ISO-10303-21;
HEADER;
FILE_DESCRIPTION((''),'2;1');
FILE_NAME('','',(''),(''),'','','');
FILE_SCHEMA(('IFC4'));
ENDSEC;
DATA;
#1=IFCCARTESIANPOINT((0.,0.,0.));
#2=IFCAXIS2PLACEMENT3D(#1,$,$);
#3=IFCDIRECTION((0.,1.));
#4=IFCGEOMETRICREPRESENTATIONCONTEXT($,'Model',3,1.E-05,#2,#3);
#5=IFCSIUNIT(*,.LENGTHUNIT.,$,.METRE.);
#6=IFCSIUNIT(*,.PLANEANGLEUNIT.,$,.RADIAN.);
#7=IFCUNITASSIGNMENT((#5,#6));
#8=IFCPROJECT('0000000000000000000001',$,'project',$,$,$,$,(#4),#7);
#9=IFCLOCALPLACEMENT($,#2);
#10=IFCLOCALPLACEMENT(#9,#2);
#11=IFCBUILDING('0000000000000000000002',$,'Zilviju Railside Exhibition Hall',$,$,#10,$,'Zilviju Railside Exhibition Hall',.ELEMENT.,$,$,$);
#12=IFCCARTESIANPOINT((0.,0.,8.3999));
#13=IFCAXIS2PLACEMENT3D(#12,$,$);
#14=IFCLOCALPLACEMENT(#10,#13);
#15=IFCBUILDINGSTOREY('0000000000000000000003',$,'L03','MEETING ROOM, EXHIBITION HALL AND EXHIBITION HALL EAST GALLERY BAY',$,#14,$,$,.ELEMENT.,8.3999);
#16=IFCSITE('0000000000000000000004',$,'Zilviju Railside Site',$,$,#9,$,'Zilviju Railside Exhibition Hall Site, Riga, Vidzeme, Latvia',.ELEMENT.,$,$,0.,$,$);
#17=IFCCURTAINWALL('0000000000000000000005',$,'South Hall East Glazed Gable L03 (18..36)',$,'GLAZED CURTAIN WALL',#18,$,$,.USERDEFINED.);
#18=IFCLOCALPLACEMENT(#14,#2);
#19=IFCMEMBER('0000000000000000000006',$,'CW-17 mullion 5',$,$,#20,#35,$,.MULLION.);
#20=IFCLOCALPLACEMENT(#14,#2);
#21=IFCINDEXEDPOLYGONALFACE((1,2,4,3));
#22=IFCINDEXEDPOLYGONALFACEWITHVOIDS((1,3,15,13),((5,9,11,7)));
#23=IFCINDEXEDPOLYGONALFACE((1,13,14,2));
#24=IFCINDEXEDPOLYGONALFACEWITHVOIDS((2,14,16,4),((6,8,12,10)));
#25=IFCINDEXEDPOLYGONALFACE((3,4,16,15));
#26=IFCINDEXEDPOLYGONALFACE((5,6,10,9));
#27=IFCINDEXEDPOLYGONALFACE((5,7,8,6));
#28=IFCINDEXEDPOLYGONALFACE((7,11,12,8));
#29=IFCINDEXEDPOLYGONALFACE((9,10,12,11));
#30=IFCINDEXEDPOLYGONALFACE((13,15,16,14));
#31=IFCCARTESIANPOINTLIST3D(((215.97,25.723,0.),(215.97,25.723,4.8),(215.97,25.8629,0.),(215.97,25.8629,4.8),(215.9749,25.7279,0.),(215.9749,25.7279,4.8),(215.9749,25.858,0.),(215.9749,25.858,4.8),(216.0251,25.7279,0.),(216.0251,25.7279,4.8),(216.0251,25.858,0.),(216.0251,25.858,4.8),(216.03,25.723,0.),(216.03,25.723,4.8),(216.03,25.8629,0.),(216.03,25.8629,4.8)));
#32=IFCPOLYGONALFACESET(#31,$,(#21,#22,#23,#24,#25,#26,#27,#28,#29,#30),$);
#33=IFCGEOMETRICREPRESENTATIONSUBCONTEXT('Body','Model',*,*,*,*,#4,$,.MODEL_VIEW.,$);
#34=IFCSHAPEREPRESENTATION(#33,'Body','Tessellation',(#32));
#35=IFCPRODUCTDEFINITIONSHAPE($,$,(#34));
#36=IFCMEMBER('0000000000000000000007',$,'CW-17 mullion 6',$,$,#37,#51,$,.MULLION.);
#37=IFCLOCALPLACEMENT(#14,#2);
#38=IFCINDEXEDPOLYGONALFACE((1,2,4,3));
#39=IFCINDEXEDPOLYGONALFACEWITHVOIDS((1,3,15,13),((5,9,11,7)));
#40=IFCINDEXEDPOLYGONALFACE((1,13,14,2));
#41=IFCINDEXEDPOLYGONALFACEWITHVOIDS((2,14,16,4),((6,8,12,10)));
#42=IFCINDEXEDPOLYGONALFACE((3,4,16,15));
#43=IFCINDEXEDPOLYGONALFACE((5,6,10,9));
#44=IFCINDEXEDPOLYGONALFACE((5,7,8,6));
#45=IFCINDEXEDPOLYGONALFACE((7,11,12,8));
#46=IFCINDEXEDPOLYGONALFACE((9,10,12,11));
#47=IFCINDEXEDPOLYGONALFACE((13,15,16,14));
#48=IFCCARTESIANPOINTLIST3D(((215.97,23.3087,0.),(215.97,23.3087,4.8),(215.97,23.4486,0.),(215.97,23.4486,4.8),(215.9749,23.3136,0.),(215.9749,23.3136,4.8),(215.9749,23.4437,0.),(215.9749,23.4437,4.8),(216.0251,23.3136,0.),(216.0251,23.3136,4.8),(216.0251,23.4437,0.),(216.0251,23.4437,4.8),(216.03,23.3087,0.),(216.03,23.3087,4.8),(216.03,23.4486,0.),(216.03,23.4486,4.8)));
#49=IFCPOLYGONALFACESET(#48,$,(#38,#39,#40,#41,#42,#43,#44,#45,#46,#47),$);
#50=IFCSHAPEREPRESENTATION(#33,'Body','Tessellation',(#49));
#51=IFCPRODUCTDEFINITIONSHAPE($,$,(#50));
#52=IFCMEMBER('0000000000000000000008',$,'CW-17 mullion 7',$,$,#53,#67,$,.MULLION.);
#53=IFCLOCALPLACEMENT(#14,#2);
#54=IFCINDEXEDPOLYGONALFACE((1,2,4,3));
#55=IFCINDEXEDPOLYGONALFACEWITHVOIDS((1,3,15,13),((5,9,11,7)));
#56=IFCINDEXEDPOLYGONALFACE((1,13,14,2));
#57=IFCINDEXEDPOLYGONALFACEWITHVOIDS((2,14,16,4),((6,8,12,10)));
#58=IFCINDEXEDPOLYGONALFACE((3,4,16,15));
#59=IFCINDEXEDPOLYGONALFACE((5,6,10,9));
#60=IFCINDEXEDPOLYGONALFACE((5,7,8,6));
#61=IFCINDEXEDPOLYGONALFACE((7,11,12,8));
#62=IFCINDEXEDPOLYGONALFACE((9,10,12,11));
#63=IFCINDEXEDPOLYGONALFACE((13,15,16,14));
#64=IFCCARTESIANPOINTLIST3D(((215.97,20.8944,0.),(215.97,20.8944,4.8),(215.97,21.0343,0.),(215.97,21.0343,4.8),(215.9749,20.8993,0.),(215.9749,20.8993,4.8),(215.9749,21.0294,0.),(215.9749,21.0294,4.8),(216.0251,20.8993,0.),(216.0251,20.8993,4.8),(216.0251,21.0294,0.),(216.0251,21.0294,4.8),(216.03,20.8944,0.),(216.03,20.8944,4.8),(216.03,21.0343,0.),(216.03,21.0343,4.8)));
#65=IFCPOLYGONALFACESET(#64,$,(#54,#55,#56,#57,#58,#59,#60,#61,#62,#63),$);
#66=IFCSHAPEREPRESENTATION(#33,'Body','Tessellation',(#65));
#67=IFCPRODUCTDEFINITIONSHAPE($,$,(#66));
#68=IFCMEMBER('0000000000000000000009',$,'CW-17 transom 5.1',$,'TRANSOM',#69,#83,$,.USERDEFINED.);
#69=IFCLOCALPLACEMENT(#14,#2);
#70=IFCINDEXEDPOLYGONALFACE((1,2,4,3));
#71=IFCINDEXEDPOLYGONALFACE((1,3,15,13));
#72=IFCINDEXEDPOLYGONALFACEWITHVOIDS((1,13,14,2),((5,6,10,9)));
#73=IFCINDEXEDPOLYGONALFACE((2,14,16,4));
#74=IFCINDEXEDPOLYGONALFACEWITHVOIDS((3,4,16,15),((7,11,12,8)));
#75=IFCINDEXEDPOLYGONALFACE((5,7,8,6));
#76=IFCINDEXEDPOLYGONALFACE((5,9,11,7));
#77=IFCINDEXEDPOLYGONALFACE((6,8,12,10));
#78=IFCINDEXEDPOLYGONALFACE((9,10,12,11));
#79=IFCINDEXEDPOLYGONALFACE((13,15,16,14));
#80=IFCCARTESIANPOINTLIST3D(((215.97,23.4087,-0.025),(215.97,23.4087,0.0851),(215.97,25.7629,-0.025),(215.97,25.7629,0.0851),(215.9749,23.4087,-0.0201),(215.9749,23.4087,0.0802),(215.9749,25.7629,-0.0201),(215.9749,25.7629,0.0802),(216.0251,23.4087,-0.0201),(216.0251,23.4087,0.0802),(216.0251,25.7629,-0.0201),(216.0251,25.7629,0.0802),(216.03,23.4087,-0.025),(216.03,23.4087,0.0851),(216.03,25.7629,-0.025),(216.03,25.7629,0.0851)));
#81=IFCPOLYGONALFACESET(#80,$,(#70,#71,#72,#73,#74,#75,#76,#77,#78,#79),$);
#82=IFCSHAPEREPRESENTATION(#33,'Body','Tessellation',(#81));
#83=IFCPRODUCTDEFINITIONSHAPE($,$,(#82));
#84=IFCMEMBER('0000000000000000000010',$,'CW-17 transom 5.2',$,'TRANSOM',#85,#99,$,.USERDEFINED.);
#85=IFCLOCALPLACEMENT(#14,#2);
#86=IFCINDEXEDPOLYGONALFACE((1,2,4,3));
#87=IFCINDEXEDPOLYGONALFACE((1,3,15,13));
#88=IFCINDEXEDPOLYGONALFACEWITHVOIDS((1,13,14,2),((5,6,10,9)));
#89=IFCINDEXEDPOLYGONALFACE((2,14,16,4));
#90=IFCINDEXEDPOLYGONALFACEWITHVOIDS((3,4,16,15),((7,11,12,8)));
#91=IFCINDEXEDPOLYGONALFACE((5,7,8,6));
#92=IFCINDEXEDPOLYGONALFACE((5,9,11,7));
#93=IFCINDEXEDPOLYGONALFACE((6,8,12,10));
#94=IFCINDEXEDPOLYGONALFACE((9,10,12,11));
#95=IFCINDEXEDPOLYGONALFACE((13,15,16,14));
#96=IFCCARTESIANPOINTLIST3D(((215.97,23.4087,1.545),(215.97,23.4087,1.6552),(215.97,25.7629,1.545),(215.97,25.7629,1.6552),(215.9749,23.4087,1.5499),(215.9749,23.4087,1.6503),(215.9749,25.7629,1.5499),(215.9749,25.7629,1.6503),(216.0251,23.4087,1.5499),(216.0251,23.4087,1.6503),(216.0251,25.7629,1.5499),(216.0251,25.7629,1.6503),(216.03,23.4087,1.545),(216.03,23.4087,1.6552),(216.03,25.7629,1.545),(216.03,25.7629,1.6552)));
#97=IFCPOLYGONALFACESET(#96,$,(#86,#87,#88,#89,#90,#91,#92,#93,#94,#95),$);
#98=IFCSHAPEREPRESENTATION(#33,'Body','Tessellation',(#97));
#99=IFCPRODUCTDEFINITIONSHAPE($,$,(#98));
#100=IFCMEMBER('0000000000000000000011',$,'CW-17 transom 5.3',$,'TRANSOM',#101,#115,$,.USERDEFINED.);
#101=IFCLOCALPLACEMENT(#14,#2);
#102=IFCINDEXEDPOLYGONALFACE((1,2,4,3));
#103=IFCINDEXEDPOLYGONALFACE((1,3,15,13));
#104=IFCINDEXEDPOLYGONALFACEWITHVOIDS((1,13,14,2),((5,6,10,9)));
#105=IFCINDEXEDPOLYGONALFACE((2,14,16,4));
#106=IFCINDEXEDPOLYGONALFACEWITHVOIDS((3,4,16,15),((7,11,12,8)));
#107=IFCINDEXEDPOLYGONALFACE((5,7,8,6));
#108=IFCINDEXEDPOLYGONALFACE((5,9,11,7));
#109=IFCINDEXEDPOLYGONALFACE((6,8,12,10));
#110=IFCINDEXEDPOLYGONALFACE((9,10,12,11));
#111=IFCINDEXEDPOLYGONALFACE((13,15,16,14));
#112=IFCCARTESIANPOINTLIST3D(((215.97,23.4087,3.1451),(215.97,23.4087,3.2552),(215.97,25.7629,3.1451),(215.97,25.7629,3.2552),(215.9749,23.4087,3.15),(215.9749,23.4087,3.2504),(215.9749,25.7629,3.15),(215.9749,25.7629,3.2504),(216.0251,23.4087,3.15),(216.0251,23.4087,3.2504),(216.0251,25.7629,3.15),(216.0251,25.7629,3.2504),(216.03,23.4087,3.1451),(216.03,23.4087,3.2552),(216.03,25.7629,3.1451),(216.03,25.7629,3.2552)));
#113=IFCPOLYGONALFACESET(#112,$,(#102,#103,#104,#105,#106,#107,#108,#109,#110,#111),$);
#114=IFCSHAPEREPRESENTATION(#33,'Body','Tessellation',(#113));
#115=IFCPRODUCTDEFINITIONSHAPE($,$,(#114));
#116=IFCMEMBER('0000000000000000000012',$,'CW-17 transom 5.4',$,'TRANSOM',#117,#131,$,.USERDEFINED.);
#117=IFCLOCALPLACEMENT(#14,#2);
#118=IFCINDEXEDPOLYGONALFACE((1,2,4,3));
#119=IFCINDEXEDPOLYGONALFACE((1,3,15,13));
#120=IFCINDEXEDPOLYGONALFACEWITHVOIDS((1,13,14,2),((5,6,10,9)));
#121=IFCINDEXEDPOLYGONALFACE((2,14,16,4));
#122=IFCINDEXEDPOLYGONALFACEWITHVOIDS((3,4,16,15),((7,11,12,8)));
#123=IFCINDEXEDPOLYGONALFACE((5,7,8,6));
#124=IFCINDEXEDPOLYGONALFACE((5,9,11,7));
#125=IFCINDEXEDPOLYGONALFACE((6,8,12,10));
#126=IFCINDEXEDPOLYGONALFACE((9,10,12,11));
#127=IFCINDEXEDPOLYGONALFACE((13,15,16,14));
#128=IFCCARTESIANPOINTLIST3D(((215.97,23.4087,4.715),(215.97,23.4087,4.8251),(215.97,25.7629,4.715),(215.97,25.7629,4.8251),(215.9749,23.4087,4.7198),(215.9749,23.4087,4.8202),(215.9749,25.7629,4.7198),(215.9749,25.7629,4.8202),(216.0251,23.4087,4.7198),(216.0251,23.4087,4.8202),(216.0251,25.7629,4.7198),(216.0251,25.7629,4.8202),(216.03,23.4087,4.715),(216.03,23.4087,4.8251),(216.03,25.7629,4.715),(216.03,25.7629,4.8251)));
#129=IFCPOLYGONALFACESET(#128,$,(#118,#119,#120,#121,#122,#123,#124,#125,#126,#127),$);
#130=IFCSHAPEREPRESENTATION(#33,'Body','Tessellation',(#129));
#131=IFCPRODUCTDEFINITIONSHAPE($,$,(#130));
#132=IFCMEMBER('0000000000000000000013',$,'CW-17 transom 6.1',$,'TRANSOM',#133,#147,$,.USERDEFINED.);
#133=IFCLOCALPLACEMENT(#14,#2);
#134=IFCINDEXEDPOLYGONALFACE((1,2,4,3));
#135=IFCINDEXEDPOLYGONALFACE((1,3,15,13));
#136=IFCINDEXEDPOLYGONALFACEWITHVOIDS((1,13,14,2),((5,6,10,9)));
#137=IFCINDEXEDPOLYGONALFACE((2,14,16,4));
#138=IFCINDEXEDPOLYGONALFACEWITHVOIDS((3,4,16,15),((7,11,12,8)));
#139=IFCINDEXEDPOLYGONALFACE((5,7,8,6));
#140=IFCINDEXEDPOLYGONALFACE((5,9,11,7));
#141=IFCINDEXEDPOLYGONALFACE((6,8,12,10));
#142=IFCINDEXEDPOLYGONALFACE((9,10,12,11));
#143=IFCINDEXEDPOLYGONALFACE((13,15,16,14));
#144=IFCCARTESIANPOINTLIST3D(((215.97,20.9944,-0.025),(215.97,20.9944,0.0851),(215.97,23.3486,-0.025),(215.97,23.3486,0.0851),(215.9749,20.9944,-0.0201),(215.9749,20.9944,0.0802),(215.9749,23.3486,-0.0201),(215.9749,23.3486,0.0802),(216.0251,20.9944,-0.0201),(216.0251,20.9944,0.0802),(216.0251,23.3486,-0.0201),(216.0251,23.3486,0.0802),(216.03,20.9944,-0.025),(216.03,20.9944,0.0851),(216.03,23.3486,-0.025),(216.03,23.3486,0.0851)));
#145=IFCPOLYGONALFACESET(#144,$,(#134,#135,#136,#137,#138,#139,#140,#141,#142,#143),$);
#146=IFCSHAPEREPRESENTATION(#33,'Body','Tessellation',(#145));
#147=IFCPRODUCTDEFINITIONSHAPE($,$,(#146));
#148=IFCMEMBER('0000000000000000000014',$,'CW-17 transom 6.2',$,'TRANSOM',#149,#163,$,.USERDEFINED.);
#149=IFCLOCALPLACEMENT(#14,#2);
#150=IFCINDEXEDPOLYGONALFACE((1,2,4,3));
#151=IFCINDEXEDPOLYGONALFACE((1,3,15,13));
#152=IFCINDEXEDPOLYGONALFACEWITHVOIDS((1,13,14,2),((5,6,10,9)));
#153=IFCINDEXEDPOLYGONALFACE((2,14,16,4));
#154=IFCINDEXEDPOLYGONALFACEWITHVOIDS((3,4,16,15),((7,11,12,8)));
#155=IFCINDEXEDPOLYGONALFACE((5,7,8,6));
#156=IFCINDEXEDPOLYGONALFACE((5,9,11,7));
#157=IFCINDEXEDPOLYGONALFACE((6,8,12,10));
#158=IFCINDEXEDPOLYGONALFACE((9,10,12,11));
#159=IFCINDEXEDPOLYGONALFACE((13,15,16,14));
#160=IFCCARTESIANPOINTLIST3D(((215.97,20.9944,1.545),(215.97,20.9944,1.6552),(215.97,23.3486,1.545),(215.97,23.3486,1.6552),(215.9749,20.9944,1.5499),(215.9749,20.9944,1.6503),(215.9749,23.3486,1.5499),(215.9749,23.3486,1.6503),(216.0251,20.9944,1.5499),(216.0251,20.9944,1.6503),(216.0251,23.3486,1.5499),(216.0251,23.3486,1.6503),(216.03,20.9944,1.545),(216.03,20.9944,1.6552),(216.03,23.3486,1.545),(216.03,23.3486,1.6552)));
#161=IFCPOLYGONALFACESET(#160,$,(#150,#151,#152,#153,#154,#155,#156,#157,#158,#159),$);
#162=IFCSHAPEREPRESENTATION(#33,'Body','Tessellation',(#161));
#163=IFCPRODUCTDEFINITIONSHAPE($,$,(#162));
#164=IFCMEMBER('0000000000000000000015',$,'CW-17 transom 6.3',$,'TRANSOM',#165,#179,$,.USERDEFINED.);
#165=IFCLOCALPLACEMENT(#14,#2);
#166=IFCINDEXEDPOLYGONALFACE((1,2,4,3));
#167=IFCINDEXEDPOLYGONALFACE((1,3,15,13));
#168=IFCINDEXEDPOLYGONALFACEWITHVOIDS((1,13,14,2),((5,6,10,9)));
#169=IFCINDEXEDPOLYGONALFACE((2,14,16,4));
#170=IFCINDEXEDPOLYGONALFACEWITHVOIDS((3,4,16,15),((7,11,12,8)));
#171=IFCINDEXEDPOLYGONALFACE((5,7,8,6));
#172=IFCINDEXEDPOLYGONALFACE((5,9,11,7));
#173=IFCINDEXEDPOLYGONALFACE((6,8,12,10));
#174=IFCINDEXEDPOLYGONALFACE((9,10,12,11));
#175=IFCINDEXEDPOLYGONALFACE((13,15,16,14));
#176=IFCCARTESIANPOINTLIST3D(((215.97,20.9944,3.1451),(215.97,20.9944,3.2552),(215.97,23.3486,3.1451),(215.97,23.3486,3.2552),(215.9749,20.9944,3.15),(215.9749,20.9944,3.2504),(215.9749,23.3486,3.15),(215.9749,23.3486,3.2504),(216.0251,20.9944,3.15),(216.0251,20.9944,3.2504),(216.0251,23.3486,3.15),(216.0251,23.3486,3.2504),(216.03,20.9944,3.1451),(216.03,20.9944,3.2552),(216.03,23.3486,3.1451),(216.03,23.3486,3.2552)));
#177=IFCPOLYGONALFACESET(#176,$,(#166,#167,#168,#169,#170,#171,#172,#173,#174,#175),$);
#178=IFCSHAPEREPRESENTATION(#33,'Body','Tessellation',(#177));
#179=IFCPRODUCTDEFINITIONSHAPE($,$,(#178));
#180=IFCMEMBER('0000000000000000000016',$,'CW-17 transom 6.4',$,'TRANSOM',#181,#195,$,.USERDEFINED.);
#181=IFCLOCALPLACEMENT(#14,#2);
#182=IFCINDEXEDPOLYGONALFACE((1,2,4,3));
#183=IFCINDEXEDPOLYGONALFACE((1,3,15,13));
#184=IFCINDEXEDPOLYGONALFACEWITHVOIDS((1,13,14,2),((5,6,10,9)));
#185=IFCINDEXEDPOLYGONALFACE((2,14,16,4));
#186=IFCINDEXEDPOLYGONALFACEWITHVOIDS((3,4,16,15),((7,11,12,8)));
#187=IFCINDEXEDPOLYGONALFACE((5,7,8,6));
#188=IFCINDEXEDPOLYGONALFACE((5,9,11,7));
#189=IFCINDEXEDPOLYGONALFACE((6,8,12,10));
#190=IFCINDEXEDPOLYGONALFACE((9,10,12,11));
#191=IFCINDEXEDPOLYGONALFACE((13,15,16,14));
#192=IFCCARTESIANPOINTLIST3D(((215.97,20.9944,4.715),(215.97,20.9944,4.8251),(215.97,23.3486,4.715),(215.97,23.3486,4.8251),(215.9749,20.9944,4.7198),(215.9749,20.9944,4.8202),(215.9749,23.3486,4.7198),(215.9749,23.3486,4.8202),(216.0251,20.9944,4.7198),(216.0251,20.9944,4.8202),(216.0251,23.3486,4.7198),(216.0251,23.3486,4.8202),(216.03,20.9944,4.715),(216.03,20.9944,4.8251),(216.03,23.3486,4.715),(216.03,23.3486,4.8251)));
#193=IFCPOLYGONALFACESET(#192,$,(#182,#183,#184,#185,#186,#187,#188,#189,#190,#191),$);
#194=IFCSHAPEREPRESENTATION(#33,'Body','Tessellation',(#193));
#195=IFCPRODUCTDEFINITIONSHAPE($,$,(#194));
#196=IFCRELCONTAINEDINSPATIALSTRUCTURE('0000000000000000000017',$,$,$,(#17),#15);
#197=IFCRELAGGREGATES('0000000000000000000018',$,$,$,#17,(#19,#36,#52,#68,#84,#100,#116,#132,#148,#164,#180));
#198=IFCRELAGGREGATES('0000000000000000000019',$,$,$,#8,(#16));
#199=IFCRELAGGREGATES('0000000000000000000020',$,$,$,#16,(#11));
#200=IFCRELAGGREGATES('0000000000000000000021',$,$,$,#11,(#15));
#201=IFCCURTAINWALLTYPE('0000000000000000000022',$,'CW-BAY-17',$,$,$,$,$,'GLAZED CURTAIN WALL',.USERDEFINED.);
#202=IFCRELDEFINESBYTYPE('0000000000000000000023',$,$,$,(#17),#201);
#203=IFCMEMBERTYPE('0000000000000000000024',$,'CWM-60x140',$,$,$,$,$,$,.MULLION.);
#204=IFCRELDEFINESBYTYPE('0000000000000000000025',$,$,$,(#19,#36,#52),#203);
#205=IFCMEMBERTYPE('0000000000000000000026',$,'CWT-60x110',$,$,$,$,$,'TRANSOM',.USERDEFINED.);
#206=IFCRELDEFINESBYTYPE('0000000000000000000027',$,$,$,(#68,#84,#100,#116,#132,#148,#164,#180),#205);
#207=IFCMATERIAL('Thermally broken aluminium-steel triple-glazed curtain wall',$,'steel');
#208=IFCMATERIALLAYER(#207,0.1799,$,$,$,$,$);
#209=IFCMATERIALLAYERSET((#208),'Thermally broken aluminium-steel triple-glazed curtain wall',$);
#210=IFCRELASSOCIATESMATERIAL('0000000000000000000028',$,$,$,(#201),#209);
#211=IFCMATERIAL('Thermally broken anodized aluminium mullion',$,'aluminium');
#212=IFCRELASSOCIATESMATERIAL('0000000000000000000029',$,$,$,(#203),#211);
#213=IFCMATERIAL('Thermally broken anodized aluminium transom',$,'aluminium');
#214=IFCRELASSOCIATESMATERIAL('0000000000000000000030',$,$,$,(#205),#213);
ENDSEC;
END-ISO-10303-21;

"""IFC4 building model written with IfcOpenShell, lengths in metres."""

from ifc_helpers import new_model, si_unit, direction, frame, origin, origin_2d, place, context, subcontext, project, spatial, hollow_rectangle, extrude, material, layer, layer_set, material_profile, profile_set, type_object, element, aggregate, save


model = new_model("IFC4")

# Units and contexts
model_context = context("Model", 3, precision=1e-05, world=origin(), true_north=direction((0.0, 1.0)))
body_context = subcontext(model_context, "Body", "Model", "MODEL_VIEW")
ifc_project = project(units=[si_unit("LENGTHUNIT", "METRE"), si_unit("PLANEANGLEUNIT", "RADIAN")], contexts=[model_context])

# Site, building, storey
site_placement = place(None, origin())
site = spatial("IfcSite", under=ifc_project, at=site_placement, Name="Zilviju Railside Site", LongName="Zilviju Railside Exhibition Hall Site, Riga, Vidzeme, Latvia", CompositionType="ELEMENT", RefElevation=0.0)
building_placement = place(site_placement, origin())
building = spatial("IfcBuilding", under=site, at=building_placement, Name="Zilviju Railside Exhibition Hall", LongName="Zilviju Railside Exhibition Hall", CompositionType="ELEMENT")
storey_placement = place(building_placement, frame((0.0, 0.0, 8.3999)))
storey = spatial("IfcBuildingStorey", under=building, at=storey_placement, Name="L03", Description="MEETING ROOM, EXHIBITION HALL AND EXHIBITION HALL EAST GALLERY BAY", CompositionType="ELEMENT", Elevation=8.3999)

# Curtain wall, members
ifc_material_1 = material(Name="Thermally broken aluminium-steel triple-glazed curtain wall", Category="steel")
ifc_layer_1 = layer(ifc_material_1, 0.1799)
ifc_layer_set_1 = layer_set([ifc_layer_1], Name="Thermally broken aluminium-steel triple-glazed curtain wall")
curtain_wall_type = type_object("IfcCurtainWallType", Name="CW-BAY-17", ElementType="GLAZED CURTAIN WALL", PredefinedType="USERDEFINED", material=ifc_layer_set_1)
curtain_wall_placement = place(storey_placement, origin())
curtain_wall = element("IfcCurtainWall", 1, at=curtain_wall_placement, inside=storey, type_object=curtain_wall_type, Name="South Hall East Glazed Gable L03 (18..36)", ObjectType="GLAZED CURTAIN WALL", PredefinedType="USERDEFINED")
ifc_material_2 = material(Name="Thermally broken anodized aluminium mullion", Category="aluminium")
ifc_material_profile_1 = material_profile(ifc_material_2, hollow_rectangle(XDim=0.0601, YDim=0.1399, WallThickness=0.0049, at=origin_2d()), Name="MULLION 140x60x5")
ifc_profile_set_1 = profile_set([ifc_material_profile_1], Name="Thermally broken anodized aluminium mullion")
member_type_1 = type_object("IfcMemberType", Name="CWM-60x140", PredefinedType="MULLION", material=ifc_profile_set_1)
member_1_placement = place(storey_placement, frame((216.0, 25.793, 0.0), z_axis=(0.0, 0.0, 1.0), x_axis=(1.0, 0.0, 0.0)))
member_1 = element("IfcMember", 2, at=member_1_placement, type_object=member_type_1, Name="CW-17 mullion 5", PredefinedType="MULLION", context=body_context, shape_type="SweptSolid", body=[
    extrude(hollow_rectangle(XDim=0.0601, YDim=0.1399, WallThickness=0.0049, at=origin_2d()), origin(), (0.0, 0.0, 1.0), 4.8),
])
member_2_placement = place(storey_placement, frame((216.0, 23.3787, 0.0), z_axis=(0.0, 0.0, 1.0), x_axis=(1.0, 0.0, 0.0)))
member_2 = element("IfcMember", 3, at=member_2_placement, type_object=member_type_1, Name="CW-17 mullion 6", PredefinedType="MULLION", context=body_context, shape_type="SweptSolid", body=[
    extrude(hollow_rectangle(XDim=0.0601, YDim=0.1399, WallThickness=0.0049, at=origin_2d()), origin(), (0.0, 0.0, 1.0), 4.8),
])
member_3_placement = place(storey_placement, frame((216.0, 20.9644, 0.0), z_axis=(0.0, 0.0, 1.0), x_axis=(1.0, 0.0, 0.0)))
member_3 = element("IfcMember", 4, at=member_3_placement, type_object=member_type_1, Name="CW-17 mullion 7", PredefinedType="MULLION", context=body_context, shape_type="SweptSolid", body=[
    extrude(hollow_rectangle(XDim=0.0601, YDim=0.1399, WallThickness=0.0049, at=origin_2d()), origin(), (0.0, 0.0, 1.0), 4.8),
])
ifc_material_3 = material(Name="Thermally broken anodized aluminium transom", Category="aluminium")
ifc_material_profile_2 = material_profile(ifc_material_3, hollow_rectangle(XDim=0.0601, YDim=0.1101, WallThickness=0.0049, at=origin_2d()), Name="TRANSOM 110x60x5")
ifc_profile_set_2 = profile_set([ifc_material_profile_2], Name="Thermally broken anodized aluminium transom")
member_type_2 = type_object("IfcMemberType", Name="CWT-60x110", ElementType="TRANSOM", PredefinedType="USERDEFINED", material=ifc_profile_set_2)
member_4_placement = place(storey_placement, frame((216.0, 25.7629, 0.03), z_axis=(0.0, -1.0, 0.0), x_axis=(1.0, 0.0, 0.0)))
member_4 = element("IfcMember", 5, at=member_4_placement, type_object=member_type_2, Name="CW-17 transom 5.1", ObjectType="TRANSOM", PredefinedType="USERDEFINED", context=body_context, shape_type="SweptSolid", body=[
    extrude(hollow_rectangle(XDim=0.0601, YDim=0.1101, WallThickness=0.0049, at=origin_2d()), origin(), (0.0, 0.0, 1.0), 2.3542),
])
member_5_placement = place(storey_placement, frame((216.0, 25.7629, 1.6001), z_axis=(0.0, -1.0, 0.0), x_axis=(1.0, 0.0, 0.0)))
member_5 = element("IfcMember", 6, at=member_5_placement, type_object=member_type_2, Name="CW-17 transom 5.2", ObjectType="TRANSOM", PredefinedType="USERDEFINED", context=body_context, shape_type="SweptSolid", body=[
    extrude(hollow_rectangle(XDim=0.0601, YDim=0.1101, WallThickness=0.0049, at=origin_2d()), origin(), (0.0, 0.0, 1.0), 2.3542),
])
member_6_placement = place(storey_placement, frame((216.0, 25.7629, 3.2002), z_axis=(0.0, -1.0, 0.0), x_axis=(1.0, 0.0, 0.0)))
member_6 = element("IfcMember", 7, at=member_6_placement, type_object=member_type_2, Name="CW-17 transom 5.3", ObjectType="TRANSOM", PredefinedType="USERDEFINED", context=body_context, shape_type="SweptSolid", body=[
    extrude(hollow_rectangle(XDim=0.0601, YDim=0.1101, WallThickness=0.0049, at=origin_2d()), origin(), (0.0, 0.0, 1.0), 2.3542),
])
member_7_placement = place(storey_placement, frame((216.0, 25.7629, 4.77), z_axis=(0.0, -1.0, 0.0), x_axis=(1.0, 0.0, 0.0)))
member_7 = element("IfcMember", 8, at=member_7_placement, type_object=member_type_2, Name="CW-17 transom 5.4", ObjectType="TRANSOM", PredefinedType="USERDEFINED", context=body_context, shape_type="SweptSolid", body=[
    extrude(hollow_rectangle(XDim=0.0601, YDim=0.1101, WallThickness=0.0049, at=origin_2d()), origin(), (0.0, 0.0, 1.0), 2.3542),
])
member_8_placement = place(storey_placement, frame((216.0, 23.3486, 0.03), z_axis=(0.0, -1.0, 0.0), x_axis=(1.0, 0.0, 0.0)))
member_8 = element("IfcMember", 9, at=member_8_placement, type_object=member_type_2, Name="CW-17 transom 6.1", ObjectType="TRANSOM", PredefinedType="USERDEFINED", context=body_context, shape_type="SweptSolid", body=[
    extrude(hollow_rectangle(XDim=0.0601, YDim=0.1101, WallThickness=0.0049, at=origin_2d()), origin(), (0.0, 0.0, 1.0), 2.3542),
])
member_9_placement = place(storey_placement, frame((216.0, 23.3486, 1.6001), z_axis=(0.0, -1.0, 0.0), x_axis=(1.0, 0.0, 0.0)))
member_9 = element("IfcMember", 10, at=member_9_placement, type_object=member_type_2, Name="CW-17 transom 6.2", ObjectType="TRANSOM", PredefinedType="USERDEFINED", context=body_context, shape_type="SweptSolid", body=[
    extrude(hollow_rectangle(XDim=0.0601, YDim=0.1101, WallThickness=0.0049, at=origin_2d()), origin(), (0.0, 0.0, 1.0), 2.3542),
])
member_10_placement = place(storey_placement, frame((216.0, 23.3486, 3.2002), z_axis=(0.0, -1.0, 0.0), x_axis=(1.0, 0.0, 0.0)))
member_10 = element("IfcMember", 11, at=member_10_placement, type_object=member_type_2, Name="CW-17 transom 6.3", ObjectType="TRANSOM", PredefinedType="USERDEFINED", context=body_context, shape_type="SweptSolid", body=[
    extrude(hollow_rectangle(XDim=0.0601, YDim=0.1101, WallThickness=0.0049, at=origin_2d()), origin(), (0.0, 0.0, 1.0), 2.3542),
])
member_11_placement = place(storey_placement, frame((216.0, 23.3486, 4.77), z_axis=(0.0, -1.0, 0.0), x_axis=(1.0, 0.0, 0.0)))
member_11 = element("IfcMember", 12, at=member_11_placement, type_object=member_type_2, Name="CW-17 transom 6.4", ObjectType="TRANSOM", PredefinedType="USERDEFINED", context=body_context, shape_type="SweptSolid", body=[
    extrude(hollow_rectangle(XDim=0.0601, YDim=0.1101, WallThickness=0.0049, at=origin_2d()), origin(), (0.0, 0.0, 1.0), 2.3542),
])
aggregate(curtain_wall, [member_1, member_2, member_3, member_4, member_5, member_6, member_7, member_8, member_9, member_10, member_11])

save(model, "model.ifc")
